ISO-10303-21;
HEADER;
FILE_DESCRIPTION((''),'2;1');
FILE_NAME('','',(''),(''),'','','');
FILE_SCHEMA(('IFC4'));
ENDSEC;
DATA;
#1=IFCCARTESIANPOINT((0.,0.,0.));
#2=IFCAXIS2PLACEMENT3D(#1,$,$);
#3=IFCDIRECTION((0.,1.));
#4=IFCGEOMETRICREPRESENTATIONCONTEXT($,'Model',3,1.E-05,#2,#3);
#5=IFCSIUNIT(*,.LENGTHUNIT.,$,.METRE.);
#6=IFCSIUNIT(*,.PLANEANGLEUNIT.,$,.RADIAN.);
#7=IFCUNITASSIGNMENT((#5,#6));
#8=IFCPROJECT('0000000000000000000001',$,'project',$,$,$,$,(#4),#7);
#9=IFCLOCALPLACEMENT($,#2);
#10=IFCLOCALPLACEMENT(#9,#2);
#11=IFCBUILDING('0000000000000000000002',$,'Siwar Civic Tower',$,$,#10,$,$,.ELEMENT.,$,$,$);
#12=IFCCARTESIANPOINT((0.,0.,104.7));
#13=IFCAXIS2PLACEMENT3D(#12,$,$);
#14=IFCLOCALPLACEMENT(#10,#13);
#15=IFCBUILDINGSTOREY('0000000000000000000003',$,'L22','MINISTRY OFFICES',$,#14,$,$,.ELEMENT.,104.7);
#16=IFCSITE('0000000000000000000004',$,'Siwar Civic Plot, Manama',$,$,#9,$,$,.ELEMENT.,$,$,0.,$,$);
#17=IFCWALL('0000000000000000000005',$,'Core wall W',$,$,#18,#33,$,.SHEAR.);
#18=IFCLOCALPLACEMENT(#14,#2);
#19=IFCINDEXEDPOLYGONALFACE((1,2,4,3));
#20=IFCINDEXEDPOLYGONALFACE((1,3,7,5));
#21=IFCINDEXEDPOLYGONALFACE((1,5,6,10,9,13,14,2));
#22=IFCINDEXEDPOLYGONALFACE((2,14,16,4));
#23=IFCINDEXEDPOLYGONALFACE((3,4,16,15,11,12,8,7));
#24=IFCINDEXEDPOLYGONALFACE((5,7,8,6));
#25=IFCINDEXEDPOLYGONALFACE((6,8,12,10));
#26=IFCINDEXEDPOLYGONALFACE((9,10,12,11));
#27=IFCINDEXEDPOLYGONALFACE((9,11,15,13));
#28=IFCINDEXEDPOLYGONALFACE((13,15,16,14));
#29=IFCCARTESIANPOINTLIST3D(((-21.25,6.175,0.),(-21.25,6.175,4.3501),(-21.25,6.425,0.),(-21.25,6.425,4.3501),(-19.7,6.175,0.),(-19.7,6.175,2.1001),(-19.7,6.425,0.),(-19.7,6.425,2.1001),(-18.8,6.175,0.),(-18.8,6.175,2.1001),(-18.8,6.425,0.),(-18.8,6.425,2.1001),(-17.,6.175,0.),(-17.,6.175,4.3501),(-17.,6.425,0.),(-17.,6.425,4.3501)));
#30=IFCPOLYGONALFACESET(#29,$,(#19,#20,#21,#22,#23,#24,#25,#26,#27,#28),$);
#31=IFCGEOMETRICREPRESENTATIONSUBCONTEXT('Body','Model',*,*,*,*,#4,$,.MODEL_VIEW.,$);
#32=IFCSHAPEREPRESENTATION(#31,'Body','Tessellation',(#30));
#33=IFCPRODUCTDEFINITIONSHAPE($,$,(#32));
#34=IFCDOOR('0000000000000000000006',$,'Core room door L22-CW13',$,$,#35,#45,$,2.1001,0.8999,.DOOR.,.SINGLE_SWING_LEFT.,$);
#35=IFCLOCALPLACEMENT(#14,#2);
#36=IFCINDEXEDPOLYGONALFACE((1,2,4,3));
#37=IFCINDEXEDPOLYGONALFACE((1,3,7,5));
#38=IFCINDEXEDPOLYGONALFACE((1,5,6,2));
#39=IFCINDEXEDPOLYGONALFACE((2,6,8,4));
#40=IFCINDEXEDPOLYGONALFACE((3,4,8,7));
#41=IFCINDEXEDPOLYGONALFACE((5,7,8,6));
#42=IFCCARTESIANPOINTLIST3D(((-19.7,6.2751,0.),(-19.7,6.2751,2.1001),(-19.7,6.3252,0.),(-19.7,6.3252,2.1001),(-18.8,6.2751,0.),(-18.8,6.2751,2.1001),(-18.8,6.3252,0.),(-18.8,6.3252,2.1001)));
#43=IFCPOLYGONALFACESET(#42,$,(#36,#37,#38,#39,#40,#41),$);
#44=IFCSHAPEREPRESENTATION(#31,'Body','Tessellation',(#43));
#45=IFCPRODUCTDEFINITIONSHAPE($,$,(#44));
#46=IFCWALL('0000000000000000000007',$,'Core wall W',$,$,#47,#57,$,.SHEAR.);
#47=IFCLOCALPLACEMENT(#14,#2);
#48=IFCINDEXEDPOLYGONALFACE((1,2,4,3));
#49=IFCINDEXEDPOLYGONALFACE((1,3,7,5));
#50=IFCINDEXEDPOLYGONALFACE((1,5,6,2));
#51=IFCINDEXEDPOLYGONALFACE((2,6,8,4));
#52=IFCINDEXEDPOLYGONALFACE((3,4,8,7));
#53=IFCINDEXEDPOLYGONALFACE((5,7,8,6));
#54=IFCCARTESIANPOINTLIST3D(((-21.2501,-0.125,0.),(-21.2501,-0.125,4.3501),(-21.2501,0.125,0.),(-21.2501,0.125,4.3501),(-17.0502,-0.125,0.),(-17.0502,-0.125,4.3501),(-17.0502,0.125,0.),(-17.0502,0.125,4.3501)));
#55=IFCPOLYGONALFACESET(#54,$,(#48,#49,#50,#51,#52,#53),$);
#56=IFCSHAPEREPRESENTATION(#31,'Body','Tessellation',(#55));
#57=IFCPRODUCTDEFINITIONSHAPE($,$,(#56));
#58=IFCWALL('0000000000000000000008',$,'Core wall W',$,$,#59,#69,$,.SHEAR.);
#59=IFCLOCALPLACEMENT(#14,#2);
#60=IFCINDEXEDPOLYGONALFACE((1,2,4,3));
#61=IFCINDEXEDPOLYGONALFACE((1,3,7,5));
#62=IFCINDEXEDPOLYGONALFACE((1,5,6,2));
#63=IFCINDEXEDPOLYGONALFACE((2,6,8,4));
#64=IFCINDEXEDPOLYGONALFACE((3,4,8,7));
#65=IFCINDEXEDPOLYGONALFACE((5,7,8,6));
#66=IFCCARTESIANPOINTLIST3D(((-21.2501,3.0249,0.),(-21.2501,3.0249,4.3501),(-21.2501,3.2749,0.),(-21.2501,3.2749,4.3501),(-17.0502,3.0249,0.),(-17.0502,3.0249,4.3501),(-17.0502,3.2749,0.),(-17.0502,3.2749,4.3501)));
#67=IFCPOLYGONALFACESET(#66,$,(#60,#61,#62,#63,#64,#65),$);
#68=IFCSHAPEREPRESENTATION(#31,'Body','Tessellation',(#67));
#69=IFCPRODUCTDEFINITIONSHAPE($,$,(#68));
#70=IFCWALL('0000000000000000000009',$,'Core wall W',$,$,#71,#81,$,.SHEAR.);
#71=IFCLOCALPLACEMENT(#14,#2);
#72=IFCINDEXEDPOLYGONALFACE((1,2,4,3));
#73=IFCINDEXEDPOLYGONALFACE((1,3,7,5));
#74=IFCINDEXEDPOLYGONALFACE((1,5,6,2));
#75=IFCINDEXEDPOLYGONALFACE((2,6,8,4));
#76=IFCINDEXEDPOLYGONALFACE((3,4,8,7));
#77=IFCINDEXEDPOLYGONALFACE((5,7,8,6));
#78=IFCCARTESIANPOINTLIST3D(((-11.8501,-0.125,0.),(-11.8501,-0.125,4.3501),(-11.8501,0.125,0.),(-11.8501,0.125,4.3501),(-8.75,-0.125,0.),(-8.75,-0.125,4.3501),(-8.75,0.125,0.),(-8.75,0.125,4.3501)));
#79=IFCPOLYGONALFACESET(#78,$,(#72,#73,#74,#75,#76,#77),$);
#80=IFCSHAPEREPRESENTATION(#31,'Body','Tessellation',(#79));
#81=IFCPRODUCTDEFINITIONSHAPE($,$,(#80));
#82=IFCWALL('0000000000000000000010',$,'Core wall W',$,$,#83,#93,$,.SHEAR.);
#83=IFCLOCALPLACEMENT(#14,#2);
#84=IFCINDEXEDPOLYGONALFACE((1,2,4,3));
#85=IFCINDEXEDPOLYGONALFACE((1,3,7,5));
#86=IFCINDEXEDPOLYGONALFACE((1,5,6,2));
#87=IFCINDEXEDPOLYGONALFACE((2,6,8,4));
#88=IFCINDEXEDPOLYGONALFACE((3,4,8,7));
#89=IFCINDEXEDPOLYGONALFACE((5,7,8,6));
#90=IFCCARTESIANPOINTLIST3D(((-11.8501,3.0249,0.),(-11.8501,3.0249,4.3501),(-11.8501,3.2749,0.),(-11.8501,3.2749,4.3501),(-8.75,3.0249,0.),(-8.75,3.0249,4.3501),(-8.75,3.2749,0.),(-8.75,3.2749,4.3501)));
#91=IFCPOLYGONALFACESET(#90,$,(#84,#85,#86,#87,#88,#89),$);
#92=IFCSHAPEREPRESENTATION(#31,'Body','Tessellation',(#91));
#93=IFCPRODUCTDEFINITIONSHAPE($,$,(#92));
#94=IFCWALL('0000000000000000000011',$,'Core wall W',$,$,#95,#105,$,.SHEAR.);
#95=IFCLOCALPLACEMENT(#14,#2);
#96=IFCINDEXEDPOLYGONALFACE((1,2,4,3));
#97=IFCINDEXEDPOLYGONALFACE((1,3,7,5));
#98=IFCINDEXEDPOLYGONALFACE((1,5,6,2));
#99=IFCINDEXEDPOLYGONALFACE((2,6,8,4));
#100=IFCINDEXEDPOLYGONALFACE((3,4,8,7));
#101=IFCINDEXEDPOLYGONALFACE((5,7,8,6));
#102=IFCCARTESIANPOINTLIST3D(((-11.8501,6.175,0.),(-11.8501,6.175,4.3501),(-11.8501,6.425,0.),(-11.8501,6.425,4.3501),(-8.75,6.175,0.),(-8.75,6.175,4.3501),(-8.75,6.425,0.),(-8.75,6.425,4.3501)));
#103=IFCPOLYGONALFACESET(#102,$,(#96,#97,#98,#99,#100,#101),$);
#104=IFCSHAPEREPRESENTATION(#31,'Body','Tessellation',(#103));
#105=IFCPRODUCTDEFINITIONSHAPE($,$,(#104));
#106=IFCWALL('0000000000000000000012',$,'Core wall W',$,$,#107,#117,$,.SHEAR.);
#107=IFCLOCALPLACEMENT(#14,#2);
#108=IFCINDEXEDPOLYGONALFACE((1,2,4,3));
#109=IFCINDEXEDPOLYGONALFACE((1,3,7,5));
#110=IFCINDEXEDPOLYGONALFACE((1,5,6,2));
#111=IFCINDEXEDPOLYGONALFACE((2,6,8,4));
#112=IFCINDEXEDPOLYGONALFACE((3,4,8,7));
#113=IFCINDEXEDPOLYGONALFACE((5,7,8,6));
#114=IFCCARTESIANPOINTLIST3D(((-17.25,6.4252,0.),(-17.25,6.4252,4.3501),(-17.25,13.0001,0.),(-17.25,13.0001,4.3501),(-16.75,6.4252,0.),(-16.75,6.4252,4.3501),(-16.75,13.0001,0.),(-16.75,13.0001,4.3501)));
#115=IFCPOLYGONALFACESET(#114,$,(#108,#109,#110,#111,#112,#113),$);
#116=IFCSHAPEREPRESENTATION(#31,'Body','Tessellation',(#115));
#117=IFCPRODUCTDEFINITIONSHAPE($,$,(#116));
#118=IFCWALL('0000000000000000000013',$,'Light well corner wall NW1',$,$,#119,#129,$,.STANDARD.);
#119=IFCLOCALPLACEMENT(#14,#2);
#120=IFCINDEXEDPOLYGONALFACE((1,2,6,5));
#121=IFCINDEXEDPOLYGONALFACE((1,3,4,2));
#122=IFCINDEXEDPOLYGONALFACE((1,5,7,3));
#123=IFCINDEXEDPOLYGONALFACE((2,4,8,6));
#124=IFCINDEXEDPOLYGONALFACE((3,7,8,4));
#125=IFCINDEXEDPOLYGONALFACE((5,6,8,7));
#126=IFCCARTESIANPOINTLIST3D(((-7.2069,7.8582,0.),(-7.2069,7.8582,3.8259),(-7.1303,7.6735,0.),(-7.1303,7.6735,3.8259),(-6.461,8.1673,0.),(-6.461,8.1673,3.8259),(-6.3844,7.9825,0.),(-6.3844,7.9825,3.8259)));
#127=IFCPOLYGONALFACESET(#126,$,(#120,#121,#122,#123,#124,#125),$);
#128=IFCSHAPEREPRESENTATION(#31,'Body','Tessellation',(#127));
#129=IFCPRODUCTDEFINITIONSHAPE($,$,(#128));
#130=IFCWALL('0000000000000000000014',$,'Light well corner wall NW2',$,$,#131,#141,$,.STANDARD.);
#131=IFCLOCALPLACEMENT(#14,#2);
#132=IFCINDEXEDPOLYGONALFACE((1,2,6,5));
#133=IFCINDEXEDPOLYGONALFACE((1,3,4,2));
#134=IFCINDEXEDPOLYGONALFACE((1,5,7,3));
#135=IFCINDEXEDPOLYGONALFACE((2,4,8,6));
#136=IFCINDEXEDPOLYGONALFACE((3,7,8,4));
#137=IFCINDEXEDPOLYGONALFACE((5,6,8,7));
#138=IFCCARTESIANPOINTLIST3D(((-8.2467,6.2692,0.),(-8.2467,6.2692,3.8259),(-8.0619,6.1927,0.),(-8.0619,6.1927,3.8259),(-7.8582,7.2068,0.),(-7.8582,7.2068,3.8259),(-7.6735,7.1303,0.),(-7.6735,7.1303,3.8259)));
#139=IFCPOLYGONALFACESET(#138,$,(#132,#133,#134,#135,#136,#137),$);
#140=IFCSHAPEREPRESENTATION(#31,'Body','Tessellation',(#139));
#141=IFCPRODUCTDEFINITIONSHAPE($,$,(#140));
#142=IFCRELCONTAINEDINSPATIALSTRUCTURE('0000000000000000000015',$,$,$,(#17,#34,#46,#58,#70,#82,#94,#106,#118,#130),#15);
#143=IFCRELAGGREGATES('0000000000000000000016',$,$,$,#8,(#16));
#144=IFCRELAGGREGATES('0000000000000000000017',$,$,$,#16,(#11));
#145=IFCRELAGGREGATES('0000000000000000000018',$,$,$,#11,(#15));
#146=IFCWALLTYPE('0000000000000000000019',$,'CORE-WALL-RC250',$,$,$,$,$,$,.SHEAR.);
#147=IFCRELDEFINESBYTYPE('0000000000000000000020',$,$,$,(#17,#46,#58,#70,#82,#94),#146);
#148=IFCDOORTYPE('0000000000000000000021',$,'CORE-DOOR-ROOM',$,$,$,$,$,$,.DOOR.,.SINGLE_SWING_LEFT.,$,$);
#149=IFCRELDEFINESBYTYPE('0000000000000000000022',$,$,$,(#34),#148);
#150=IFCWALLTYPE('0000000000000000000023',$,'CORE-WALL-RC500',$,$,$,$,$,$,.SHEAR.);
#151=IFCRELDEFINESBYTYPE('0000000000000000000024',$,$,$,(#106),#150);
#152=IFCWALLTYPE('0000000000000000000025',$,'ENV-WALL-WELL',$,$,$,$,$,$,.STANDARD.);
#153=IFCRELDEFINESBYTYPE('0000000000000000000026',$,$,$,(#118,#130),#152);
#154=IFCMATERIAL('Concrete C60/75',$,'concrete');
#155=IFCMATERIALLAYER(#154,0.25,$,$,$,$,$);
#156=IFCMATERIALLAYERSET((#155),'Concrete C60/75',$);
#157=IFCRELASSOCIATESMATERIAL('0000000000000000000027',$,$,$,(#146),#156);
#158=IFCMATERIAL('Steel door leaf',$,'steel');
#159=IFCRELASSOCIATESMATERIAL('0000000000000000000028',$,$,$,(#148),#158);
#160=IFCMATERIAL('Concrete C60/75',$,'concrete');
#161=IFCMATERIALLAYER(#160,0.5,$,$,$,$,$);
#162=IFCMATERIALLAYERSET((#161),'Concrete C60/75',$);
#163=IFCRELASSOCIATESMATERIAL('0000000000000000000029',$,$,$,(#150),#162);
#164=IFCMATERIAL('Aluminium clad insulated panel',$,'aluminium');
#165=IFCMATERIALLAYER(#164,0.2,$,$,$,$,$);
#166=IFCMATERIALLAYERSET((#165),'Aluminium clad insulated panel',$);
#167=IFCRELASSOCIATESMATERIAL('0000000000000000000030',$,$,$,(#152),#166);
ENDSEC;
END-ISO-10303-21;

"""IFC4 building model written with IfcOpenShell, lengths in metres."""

from ifc_helpers import new_model, si_unit, direction, frame, frame_2d, origin, place, context, subcontext, project, spatial, rectangle, extrude, material, layer, layer_set, type_object, element, fill, save


model = new_model("IFC4")

# Units and contexts
model_context = context("Model", 3, precision=1e-05, world=origin(), true_north=direction((0.0, 1.0)))
body_context = subcontext(model_context, "Body", "Model", "MODEL_VIEW")
ifc_project = project(units=[si_unit("LENGTHUNIT", "METRE"), si_unit("PLANEANGLEUNIT", "RADIAN")], contexts=[model_context])

# Site, building, storey
site_placement = place(None, origin())
site = spatial("IfcSite", under=ifc_project, at=site_placement, Name="Siwar Civic Plot, Manama", CompositionType="ELEMENT", RefElevation=0.0)
building_placement = place(site_placement, origin())
building = spatial("IfcBuilding", under=site, at=building_placement, Name="Siwar Civic Tower", CompositionType="ELEMENT")
storey_placement = place(building_placement, frame((0.0, 0.0, 104.7)))
storey = spatial("IfcBuildingStorey", under=building, at=storey_placement, Name="L22", Description="MINISTRY OFFICES", CompositionType="ELEMENT", Elevation=104.7)

# Shared definitions
ifc_material_1 = material(Name="Concrete C60/75", Category="concrete")
ifc_layer_1 = layer(ifc_material_1, 0.25)
ifc_layer_set_1 = layer_set([ifc_layer_1], Name="Concrete C60/75")
wall_type_1 = type_object("IfcWallType", Name="CORE-WALL-RC250", PredefinedType="SHEAR", material=ifc_layer_set_1)

# Wall, opening, door
wall_1_placement = place(storey_placement, frame((-17.0, 6.3, 0.0), z_axis=(0.0, 0.0, 1.0), x_axis=(-1.0, 0.0, 0.0)))
wall_1 = element("IfcWall", 1, at=wall_1_placement, inside=storey, type_object=wall_type_1, Name="Core wall W", PredefinedType="SHEAR", context=body_context, shape_type="SweptSolid", body=[
    extrude(rectangle(XDim=4.25, YDim=0.25, at=frame_2d((2.125, 0.0))), origin(), (0.0, 0.0, 1.0), 4.3501),
])
opening_1_placement = place(wall_1_placement, frame((1.8, 0.0, 0.0)))
opening_1 = element("IfcOpeningElement", 2, at=opening_1_placement, cuts=wall_1, PredefinedType="OPENING", context=body_context, shape_type="SweptSolid", body=[
    extrude(rectangle(XDim=0.8999, YDim=2.1001, at=frame_2d((0.45, 1.05))), frame((0.0, 0.135, 0.0), z_axis=(0.0, -1.0, 0.0), x_axis=(1.0, 0.0, 0.0)), (0.0, 0.0, 1.0), 0.27),
])
ifc_material_2 = material(Name="Steel door leaf", Category="steel")
door_type_1 = type_object("IfcDoorType", Name="CORE-DOOR-ROOM", OperationType="SINGLE_SWING_LEFT", PredefinedType="DOOR", material=ifc_material_2)
door_1_placement = place(opening_1_placement, origin())
door_1 = element("IfcDoor", 3, at=door_1_placement, inside=storey, type_object=door_type_1, Name="Core room door L22-CW13", OperationType="SINGLE_SWING_LEFT", OverallHeight=2.1001, OverallWidth=0.8999, PredefinedType="DOOR", context=body_context, shape_type="SweptSolid", body=[
    extrude(rectangle(XDim=0.8999, YDim=2.1001, at=frame_2d((0.45, 1.05))), frame((0.0, 0.0249, 0.0), z_axis=(0.0, -1.0, 0.0), x_axis=(1.0, 0.0, 0.0)), (0.0, 0.0, 1.0), 0.05),
])
fill(opening_1, door_1)

# Walls
for number, where, z_axis, x_axis, name in (
    (4, (-17.05, 0.0, 0.0), (0.0, 0.0, 1.0), (-1.0, 0.0, 0.0), "Core wall W"),
    (5, (-17.05, 3.1499, 0.0), (0.0, 0.0, 1.0), (-1.0, 0.0, 0.0), "Core wall W"),
):
    element("IfcWall", number, at=place(storey_placement, frame(where, z_axis=z_axis, x_axis=x_axis)), inside=storey, type_object=wall_type_1, Name=name, PredefinedType="SHEAR", context=body_context, shape_type="SweptSolid", body=[
        extrude(rectangle(XDim=4.2, YDim=0.25, at=frame_2d((2.1001, 0.0))), origin(), (0.0, 0.0, 1.0), 4.3501),
    ])
for number, where, z_axis, x_axis, name in (
    (6, (-8.75, 0.0, 0.0), (0.0, 0.0, 1.0), (-1.0, 0.0, 0.0), "Core wall W"),
    (7, (-8.75, 3.1499, 0.0), (0.0, 0.0, 1.0), (-1.0, 0.0, 0.0), "Core wall W"),
    (8, (-8.75, 6.3, 0.0), (0.0, 0.0, 1.0), (-1.0, 0.0, 0.0), "Core wall W"),
):
    element("IfcWall", number, at=place(storey_placement, frame(where, z_axis=z_axis, x_axis=x_axis)), inside=storey, type_object=wall_type_1, Name=name, PredefinedType="SHEAR", context=body_context, shape_type="SweptSolid", body=[
        extrude(rectangle(XDim=3.1001, YDim=0.25, at=frame_2d((1.55, 0.0))), origin(), (0.0, 0.0, 1.0), 4.3501),
    ])
ifc_material_3 = material(Name="Concrete C60/75", Category="concrete")
ifc_layer_2 = layer(ifc_material_3, 0.5)
ifc_layer_set_2 = layer_set([ifc_layer_2], Name="Concrete C60/75")
wall_type_2 = type_object("IfcWallType", Name="CORE-WALL-RC500", PredefinedType="SHEAR", material=ifc_layer_set_2)
wall_2_placement = place(storey_placement, frame((-17.0, 6.425, 0.0), z_axis=(0.0, 0.0, 1.0), x_axis=(0.0, 1.0, 0.0)))
element("IfcWall", 9, at=wall_2_placement, inside=storey, type_object=wall_type_2, Name="Core wall W", PredefinedType="SHEAR", context=body_context, shape_type="SweptSolid", body=[
    extrude(rectangle(XDim=6.575, YDim=0.5, at=frame_2d((3.2876, 0.0))), origin(), (0.0, 0.0, 1.0), 4.3501),
])
ifc_material_4 = material(Name="Aluminium clad insulated panel", Category="aluminium")
ifc_layer_3 = layer(ifc_material_4, 0.2)
ifc_layer_set_3 = layer_set([ifc_layer_3], Name="Aluminium clad insulated panel")
wall_type_3 = type_object("IfcWallType", Name="ENV-WALL-WELL", PredefinedType="STANDARD", material=ifc_layer_set_3)
wall_3_placement = place(storey_placement, frame((-6.4226, 8.075, 0.0), z_axis=(0.0, 0.0, 1.0), x_axis=(-0.923818, -0.382833, 0.0)))
element("IfcWall", 10, at=wall_3_placement, inside=storey, type_object=wall_type_3, Name="Light well corner wall NW1", PredefinedType="STANDARD", context=body_context, shape_type="SweptSolid", body=[
    extrude(rectangle(XDim=0.8074, YDim=0.2, at=frame_2d((0.4038, 0.0))), origin(), (0.0, 0.0, 1.0), 3.8259),
])
wall_4_placement = place(storey_placement, frame((-7.7659, 7.1685, 0.0), z_axis=(0.0, 0.0, 1.0), x_axis=(-0.38277, -0.923844, 0.0)))
element("IfcWall", 11, at=wall_4_placement, inside=storey, type_object=wall_type_3, Name="Light well corner wall NW2", PredefinedType="STANDARD", context=body_context, shape_type="SweptSolid", body=[
    extrude(rectangle(XDim=1.0149, YDim=0.2, at=frame_2d((0.5073, 0.0))), origin(), (0.0, 0.0, 1.0), 3.8259),
])

save(model, "model.ifc")
